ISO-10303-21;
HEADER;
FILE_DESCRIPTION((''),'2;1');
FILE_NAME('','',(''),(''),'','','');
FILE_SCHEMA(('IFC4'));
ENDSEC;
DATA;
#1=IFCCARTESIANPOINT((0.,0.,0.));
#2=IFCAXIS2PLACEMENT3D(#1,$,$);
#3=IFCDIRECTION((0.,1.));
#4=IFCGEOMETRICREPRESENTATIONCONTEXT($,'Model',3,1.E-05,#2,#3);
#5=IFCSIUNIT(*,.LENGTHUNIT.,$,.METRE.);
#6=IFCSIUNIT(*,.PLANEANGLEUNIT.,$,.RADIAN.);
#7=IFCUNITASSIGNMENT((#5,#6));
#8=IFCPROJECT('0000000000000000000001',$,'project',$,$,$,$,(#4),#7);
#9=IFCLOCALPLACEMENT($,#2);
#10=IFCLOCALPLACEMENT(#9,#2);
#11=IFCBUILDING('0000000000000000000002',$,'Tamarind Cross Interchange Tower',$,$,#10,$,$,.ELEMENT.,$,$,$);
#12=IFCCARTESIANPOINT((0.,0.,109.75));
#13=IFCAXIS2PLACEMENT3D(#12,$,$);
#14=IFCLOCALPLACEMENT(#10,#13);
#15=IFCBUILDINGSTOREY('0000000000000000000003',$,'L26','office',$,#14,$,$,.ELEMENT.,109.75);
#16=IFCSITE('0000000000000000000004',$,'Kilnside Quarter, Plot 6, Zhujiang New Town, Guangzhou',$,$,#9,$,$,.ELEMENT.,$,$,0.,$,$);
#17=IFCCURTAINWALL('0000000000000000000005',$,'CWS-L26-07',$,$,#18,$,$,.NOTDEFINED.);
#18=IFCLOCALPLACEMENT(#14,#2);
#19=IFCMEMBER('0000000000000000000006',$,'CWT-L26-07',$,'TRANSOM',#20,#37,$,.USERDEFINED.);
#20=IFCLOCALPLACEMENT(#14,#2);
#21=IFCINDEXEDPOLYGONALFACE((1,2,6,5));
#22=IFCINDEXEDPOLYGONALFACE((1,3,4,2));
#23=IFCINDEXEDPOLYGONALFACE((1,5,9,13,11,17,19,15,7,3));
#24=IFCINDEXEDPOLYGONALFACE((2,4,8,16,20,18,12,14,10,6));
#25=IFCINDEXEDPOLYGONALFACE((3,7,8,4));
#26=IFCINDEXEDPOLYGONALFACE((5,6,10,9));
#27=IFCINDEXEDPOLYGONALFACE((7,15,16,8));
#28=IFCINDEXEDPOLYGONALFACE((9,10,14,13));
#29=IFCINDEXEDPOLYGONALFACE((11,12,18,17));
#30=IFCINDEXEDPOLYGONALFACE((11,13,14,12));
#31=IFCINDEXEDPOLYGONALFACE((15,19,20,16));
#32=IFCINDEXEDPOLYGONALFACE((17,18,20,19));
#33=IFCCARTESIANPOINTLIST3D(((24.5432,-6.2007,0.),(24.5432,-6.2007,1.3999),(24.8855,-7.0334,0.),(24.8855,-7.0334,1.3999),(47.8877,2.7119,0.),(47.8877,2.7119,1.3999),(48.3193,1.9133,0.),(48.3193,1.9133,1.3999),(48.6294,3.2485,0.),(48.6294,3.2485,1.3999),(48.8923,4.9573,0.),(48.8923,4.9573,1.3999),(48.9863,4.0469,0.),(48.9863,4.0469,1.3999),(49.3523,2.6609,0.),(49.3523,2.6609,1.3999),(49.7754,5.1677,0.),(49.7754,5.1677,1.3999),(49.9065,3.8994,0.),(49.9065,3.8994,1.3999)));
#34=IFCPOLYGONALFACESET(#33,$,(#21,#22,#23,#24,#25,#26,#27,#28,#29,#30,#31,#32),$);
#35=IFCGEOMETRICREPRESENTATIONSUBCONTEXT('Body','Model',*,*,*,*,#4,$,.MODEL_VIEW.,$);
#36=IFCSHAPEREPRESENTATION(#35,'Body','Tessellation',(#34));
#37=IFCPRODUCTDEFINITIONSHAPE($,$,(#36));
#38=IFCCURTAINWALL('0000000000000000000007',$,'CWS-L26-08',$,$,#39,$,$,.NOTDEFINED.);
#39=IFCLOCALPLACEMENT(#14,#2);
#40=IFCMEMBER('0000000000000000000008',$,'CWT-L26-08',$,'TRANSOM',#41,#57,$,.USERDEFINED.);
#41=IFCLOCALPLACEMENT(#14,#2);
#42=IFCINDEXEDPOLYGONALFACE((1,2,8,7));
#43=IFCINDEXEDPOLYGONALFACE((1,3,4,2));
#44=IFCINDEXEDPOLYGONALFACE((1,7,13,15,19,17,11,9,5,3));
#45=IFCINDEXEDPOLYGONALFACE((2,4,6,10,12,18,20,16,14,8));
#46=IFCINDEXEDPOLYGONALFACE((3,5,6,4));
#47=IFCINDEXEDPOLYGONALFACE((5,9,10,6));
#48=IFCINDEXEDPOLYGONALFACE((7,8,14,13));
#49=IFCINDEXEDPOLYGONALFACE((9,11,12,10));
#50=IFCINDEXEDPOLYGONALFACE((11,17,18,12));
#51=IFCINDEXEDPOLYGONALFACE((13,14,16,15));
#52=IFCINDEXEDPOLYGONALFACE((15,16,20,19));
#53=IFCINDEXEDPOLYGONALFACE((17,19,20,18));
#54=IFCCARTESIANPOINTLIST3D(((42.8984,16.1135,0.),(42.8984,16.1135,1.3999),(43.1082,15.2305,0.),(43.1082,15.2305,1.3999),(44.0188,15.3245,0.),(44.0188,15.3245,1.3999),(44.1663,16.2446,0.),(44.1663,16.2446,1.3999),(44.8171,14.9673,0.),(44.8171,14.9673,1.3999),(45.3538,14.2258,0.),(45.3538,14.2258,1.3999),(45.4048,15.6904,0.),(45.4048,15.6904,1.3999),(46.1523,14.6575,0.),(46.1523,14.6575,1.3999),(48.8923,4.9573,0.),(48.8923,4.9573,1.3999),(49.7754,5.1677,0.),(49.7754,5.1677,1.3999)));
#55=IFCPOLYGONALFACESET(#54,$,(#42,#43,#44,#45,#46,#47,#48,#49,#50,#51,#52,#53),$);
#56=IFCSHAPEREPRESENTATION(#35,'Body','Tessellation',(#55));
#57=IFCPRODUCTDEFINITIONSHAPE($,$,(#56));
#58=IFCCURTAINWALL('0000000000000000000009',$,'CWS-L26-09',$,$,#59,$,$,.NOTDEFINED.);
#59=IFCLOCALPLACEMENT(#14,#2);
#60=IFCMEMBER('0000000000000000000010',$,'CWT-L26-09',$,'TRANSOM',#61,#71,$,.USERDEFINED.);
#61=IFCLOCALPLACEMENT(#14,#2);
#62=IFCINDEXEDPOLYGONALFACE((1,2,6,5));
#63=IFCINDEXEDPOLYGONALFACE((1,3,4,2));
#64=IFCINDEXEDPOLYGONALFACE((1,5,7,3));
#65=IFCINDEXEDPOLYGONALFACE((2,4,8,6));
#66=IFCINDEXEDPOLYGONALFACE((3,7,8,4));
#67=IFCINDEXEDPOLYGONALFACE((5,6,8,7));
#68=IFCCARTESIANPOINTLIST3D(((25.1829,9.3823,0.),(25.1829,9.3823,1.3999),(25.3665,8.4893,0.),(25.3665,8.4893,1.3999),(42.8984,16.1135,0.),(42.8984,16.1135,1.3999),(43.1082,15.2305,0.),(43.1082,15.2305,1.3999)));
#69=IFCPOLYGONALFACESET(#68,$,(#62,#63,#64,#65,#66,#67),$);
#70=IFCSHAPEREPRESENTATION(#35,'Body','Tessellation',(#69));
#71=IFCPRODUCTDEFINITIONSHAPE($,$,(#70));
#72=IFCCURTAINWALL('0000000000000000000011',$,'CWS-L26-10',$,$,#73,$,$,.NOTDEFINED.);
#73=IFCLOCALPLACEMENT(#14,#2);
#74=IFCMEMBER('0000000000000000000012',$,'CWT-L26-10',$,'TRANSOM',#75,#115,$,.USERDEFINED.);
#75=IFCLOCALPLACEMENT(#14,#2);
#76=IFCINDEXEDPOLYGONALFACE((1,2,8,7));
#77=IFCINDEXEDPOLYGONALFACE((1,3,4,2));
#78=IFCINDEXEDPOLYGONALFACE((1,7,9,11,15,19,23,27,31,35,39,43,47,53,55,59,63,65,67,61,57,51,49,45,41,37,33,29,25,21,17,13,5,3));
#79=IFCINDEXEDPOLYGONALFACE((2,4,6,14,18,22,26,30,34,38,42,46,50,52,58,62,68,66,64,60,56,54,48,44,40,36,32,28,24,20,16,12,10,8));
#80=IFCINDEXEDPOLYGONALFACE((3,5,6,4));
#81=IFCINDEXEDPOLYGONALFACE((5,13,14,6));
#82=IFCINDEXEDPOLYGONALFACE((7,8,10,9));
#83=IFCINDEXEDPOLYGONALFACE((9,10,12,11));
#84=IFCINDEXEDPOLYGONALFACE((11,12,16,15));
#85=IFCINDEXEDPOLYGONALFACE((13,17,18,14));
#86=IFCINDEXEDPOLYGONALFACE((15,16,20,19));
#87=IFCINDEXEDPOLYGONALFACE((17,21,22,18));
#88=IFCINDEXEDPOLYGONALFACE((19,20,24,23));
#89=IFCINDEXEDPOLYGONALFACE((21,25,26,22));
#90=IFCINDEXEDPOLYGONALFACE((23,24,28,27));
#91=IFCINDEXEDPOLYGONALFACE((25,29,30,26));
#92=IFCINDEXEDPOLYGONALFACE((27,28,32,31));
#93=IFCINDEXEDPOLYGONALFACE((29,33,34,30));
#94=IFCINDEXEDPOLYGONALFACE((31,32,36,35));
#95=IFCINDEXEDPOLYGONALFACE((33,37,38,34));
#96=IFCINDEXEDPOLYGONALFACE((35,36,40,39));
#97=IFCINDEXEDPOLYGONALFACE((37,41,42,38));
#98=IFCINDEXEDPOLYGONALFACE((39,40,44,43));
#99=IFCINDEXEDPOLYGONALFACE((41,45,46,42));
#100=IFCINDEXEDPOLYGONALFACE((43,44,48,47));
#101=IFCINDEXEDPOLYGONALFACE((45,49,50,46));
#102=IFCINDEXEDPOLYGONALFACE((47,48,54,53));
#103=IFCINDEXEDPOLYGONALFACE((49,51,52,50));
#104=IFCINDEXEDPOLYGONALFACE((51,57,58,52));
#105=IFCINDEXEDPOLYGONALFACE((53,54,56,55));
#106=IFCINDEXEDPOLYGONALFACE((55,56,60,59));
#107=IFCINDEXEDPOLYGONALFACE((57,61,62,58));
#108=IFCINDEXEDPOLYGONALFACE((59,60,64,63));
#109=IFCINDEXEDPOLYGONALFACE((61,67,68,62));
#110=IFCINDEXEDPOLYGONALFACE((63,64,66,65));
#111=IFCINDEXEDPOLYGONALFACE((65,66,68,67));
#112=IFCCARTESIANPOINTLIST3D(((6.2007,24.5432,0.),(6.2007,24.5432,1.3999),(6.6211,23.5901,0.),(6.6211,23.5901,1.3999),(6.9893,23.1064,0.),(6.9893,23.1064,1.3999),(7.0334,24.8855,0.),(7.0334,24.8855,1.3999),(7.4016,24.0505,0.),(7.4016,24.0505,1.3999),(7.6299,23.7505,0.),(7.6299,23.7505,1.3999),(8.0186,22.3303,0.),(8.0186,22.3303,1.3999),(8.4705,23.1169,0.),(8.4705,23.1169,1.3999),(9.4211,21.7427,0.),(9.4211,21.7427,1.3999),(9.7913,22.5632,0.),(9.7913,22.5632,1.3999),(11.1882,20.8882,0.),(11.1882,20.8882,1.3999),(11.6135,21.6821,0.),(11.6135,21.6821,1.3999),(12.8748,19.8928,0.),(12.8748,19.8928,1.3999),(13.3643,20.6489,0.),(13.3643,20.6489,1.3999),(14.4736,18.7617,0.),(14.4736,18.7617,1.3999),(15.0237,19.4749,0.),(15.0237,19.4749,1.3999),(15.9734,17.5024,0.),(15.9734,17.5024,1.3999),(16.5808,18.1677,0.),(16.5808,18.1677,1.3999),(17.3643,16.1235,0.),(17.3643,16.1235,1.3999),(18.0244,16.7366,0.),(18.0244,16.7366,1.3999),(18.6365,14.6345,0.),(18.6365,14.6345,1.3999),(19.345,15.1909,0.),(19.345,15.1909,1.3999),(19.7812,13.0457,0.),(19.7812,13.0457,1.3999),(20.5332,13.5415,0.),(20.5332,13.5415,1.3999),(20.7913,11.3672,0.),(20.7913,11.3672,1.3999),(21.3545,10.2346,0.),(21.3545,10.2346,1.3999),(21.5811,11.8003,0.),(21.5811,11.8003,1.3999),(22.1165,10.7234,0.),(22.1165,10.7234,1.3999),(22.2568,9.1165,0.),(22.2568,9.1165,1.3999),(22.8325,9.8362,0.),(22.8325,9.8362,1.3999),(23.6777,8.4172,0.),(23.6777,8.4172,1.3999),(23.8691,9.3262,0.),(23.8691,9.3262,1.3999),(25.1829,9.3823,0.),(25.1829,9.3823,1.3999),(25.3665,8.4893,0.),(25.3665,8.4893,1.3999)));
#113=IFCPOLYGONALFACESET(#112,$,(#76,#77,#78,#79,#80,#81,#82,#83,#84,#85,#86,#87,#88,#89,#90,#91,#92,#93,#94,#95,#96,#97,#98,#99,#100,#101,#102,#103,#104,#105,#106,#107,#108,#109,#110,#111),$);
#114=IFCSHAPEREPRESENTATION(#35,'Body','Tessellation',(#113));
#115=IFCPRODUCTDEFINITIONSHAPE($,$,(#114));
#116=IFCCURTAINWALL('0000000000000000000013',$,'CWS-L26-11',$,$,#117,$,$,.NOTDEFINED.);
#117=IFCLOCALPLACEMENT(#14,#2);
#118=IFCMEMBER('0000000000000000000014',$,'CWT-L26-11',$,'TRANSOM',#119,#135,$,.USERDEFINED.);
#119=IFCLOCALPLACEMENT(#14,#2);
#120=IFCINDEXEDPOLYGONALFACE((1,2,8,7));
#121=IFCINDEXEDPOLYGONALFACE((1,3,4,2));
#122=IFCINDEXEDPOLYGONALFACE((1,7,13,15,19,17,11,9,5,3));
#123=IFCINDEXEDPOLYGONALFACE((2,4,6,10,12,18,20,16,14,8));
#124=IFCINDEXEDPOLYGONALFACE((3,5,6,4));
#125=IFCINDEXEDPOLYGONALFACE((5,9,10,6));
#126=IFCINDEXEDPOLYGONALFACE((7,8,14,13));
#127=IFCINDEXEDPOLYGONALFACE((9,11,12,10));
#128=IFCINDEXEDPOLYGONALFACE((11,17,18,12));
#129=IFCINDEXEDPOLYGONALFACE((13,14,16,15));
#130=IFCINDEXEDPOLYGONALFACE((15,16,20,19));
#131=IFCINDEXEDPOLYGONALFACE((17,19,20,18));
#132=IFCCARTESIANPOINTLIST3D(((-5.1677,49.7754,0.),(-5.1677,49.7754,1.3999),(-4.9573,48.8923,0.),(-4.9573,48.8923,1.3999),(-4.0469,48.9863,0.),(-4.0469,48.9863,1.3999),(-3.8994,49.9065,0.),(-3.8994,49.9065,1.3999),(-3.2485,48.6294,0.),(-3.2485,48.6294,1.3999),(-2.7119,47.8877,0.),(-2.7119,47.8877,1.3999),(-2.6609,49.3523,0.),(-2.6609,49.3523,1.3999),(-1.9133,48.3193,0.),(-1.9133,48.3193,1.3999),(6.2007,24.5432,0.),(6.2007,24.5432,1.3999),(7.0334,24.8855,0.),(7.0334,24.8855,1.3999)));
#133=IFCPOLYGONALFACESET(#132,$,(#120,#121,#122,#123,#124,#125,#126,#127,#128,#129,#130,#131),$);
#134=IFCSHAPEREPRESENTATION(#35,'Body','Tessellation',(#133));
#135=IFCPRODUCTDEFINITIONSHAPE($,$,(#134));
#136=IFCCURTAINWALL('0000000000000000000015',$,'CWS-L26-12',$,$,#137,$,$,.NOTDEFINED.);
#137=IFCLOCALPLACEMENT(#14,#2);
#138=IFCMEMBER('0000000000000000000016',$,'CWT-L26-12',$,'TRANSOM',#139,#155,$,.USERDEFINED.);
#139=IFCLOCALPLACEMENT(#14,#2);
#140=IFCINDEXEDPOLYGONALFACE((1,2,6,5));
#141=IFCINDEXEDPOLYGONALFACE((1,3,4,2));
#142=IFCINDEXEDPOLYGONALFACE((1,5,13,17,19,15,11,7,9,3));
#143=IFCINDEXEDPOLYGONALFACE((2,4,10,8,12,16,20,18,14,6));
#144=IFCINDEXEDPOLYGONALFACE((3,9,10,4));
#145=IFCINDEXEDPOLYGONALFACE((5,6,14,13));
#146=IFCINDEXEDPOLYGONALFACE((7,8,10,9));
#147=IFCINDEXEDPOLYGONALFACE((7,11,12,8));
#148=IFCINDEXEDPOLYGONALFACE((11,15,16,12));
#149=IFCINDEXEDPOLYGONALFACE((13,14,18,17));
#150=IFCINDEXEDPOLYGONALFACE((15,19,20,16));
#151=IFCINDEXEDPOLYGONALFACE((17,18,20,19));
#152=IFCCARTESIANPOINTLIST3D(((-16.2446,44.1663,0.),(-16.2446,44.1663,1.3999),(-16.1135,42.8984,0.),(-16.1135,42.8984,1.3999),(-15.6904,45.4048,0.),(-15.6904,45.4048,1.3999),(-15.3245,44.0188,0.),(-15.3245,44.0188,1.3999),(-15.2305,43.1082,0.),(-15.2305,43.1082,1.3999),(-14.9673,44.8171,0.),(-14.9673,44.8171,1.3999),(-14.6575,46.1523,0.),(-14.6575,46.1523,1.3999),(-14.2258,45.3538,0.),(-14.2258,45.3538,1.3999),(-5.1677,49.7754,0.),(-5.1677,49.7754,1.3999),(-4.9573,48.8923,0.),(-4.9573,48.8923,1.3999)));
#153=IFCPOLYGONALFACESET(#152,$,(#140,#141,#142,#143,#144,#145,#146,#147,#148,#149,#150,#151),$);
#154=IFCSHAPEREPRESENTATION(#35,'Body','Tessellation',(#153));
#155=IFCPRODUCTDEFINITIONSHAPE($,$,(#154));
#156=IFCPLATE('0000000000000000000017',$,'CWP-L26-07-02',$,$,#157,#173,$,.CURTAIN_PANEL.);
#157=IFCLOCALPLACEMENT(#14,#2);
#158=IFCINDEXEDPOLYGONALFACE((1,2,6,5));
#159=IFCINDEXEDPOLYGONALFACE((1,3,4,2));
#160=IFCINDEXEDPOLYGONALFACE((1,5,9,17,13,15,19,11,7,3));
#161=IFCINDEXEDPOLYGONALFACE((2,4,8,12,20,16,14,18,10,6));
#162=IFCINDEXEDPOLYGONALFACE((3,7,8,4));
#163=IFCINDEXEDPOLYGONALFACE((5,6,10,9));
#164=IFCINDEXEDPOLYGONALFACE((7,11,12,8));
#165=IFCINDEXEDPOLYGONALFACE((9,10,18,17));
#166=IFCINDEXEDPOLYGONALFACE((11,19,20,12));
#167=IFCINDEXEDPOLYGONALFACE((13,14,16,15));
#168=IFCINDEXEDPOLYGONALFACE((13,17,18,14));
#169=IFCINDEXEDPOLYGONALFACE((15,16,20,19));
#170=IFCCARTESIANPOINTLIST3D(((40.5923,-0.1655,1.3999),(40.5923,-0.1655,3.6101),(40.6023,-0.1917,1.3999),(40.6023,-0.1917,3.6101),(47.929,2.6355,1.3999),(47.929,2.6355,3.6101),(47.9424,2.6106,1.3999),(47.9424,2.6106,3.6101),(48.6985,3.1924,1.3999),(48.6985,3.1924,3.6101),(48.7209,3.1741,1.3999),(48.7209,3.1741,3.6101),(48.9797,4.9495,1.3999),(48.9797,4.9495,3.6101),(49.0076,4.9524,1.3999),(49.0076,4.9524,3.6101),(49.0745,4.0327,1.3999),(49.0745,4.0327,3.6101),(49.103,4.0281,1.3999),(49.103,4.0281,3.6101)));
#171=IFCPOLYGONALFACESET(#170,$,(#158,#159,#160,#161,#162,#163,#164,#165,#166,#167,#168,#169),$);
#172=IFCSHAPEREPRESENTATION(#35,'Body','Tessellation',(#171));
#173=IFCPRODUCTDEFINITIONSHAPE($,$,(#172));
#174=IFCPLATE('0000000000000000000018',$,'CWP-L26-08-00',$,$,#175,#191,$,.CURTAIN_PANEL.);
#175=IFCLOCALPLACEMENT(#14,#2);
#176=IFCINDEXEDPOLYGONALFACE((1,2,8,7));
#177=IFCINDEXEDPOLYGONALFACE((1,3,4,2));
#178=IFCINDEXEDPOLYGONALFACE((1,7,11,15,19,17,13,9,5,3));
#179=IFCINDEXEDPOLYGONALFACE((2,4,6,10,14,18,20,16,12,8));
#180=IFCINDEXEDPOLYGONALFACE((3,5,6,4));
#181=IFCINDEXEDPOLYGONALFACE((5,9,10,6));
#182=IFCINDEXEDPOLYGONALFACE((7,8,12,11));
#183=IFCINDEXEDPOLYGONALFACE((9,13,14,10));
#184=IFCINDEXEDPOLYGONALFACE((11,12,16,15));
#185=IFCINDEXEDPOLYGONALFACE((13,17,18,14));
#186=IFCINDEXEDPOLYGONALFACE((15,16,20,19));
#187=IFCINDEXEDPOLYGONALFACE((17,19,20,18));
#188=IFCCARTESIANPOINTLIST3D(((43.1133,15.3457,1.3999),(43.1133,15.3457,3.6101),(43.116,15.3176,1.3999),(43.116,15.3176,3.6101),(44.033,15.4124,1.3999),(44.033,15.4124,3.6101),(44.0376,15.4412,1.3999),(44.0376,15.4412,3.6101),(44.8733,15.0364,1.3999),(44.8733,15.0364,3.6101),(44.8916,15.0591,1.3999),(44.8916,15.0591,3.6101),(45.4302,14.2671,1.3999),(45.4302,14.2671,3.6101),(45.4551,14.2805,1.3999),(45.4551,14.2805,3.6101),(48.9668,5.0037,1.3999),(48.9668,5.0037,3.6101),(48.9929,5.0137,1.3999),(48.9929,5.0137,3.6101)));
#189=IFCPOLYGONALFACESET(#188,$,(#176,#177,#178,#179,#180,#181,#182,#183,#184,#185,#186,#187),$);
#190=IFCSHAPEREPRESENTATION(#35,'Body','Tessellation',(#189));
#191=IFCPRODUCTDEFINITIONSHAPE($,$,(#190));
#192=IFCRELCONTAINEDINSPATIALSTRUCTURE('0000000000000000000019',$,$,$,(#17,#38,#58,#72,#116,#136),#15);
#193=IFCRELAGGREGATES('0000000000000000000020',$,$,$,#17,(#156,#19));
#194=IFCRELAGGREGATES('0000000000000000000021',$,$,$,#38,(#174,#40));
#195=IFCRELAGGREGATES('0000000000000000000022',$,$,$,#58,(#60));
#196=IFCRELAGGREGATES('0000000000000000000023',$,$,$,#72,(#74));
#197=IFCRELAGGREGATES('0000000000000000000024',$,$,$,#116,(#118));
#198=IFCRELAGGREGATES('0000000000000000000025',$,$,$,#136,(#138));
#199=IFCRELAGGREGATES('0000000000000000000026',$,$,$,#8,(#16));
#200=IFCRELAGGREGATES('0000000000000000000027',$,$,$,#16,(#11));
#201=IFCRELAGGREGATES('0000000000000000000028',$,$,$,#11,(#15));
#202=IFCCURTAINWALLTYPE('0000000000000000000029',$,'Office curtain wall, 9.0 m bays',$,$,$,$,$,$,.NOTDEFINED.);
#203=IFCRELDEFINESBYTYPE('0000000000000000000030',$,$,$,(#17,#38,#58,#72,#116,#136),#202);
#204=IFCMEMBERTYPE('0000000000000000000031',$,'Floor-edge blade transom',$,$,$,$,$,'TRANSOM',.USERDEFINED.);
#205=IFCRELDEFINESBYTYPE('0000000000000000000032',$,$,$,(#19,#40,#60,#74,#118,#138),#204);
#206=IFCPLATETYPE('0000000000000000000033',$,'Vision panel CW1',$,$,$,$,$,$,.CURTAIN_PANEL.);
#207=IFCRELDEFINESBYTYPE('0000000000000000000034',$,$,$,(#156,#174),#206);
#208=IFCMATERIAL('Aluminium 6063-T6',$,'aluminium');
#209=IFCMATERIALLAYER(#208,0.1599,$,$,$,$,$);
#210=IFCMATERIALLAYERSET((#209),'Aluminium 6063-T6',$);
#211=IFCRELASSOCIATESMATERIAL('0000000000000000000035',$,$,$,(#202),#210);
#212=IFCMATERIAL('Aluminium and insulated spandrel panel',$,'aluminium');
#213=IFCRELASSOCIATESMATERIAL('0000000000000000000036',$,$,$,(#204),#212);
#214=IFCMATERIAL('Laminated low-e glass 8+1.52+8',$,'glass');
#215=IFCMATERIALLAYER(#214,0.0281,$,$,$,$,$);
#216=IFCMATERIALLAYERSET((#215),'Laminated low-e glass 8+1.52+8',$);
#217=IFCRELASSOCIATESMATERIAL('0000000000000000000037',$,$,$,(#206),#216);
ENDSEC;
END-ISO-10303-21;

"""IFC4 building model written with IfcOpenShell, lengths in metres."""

from ifc_helpers import new_model, si_unit, direction, frame, origin, place, context, subcontext, project, spatial, polyline, outline, extrude, material, layer, layer_set, type_object, element, aggregate, save


model = new_model("IFC4")

# Units and contexts
model_context = context("Model", 3, precision=1e-05, world=origin(), true_north=direction((0.0, 1.0)))
body_context = subcontext(model_context, "Body", "Model", "MODEL_VIEW")
ifc_project = project(units=[si_unit("LENGTHUNIT", "METRE"), si_unit("PLANEANGLEUNIT", "RADIAN")], contexts=[model_context])

# Site, building, storey
site_placement = place(None, origin())
site = spatial("IfcSite", under=ifc_project, at=site_placement, Name="Kilnside Quarter, Plot 6, Zhujiang New Town, Guangzhou", CompositionType="ELEMENT", RefElevation=0.0)
building_placement = place(site_placement, origin())
building = spatial("IfcBuilding", under=site, at=building_placement, Name="Tamarind Cross Interchange Tower", CompositionType="ELEMENT")
storey_placement = place(building_placement, frame((0.0, 0.0, 109.75)))
storey = spatial("IfcBuildingStorey", under=building, at=storey_placement, Name="L26", Description="office", CompositionType="ELEMENT", Elevation=109.75)

# Curtain walls, members
ifc_material_1 = material(Name="Aluminium 6063-T6", Category="aluminium")
ifc_layer_1 = layer(ifc_material_1, 0.1599)
ifc_layer_set_1 = layer_set([ifc_layer_1], Name="Aluminium 6063-T6")
curtain_wall_type = type_object("IfcCurtainWallType", Name="Office curtain wall, 9.0 m bays", PredefinedType="NOTDEFINED", material=ifc_layer_set_1)
curtain_wall_1_placement = place(storey_placement, origin())
curtain_wall_1 = element("IfcCurtainWall", 1, at=curtain_wall_1_placement, inside=storey, type_object=curtain_wall_type, Name="CWS-L26-07", PredefinedType="NOTDEFINED")
ifc_material_2 = material(Name="Aluminium and insulated spandrel panel", Category="aluminium")
member_type = type_object("IfcMemberType", Name="Floor-edge blade transom", ElementType="TRANSOM", PredefinedType="USERDEFINED", material=ifc_material_2)
member_1_placement = place(storey_placement, origin())
member_1 = element("IfcMember", 2, at=member_1_placement, type_object=member_type, Name="CWT-L26-07", ObjectType="TRANSOM", PredefinedType="USERDEFINED", context=body_context, shape_type="SweptSolid", body=[
    extrude(outline(polyline([(24.5432, -6.2007), (47.8877, 2.7119), (48.6294, 3.2485), (48.9863, 4.0469), (48.8923, 4.9573), (49.7754, 5.1677), (49.9065, 3.8994), (49.3523, 2.6609), (48.3193, 1.9133), (24.8855, -7.0334), (24.5432, -6.2007)])), origin(), (0.0, 0.0, 1.0), 1.3999),
])
curtain_wall_2_placement = place(storey_placement, origin())
curtain_wall_2 = element("IfcCurtainWall", 3, at=curtain_wall_2_placement, inside=storey, type_object=curtain_wall_type, Name="CWS-L26-08", PredefinedType="NOTDEFINED")
member_2_placement = place(storey_placement, origin())
member_2 = element("IfcMember", 4, at=member_2_placement, type_object=member_type, Name="CWT-L26-08", ObjectType="TRANSOM", PredefinedType="USERDEFINED", context=body_context, shape_type="SweptSolid", body=[
    extrude(outline(polyline([(48.8923, 4.9573), (45.3538, 14.2258), (44.8171, 14.9673), (44.0188, 15.3245), (43.1082, 15.2305), (42.8984, 16.1135), (44.1663, 16.2446), (45.4048, 15.6904), (46.1523, 14.6575), (49.7754, 5.1677), (48.8923, 4.9573)])), origin(), (0.0, 0.0, 1.0), 1.3999),
])
curtain_wall_3_placement = place(storey_placement, origin())
curtain_wall_3 = element("IfcCurtainWall", 5, at=curtain_wall_3_placement, inside=storey, type_object=curtain_wall_type, Name="CWS-L26-09", PredefinedType="NOTDEFINED")
member_3_placement = place(storey_placement, origin())
member_3 = element("IfcMember", 6, at=member_3_placement, type_object=member_type, Name="CWT-L26-09", ObjectType="TRANSOM", PredefinedType="USERDEFINED", context=body_context, shape_type="SweptSolid", body=[
    extrude(outline(polyline([(43.1082, 15.2305), (25.3665, 8.4893), (25.1829, 9.3823), (42.8984, 16.1135), (43.1082, 15.2305)])), origin(), (0.0, 0.0, 1.0), 1.3999),
])
curtain_wall_4_placement = place(storey_placement, origin())
curtain_wall_4 = element("IfcCurtainWall", 7, at=curtain_wall_4_placement, inside=storey, type_object=curtain_wall_type, Name="CWS-L26-10", PredefinedType="NOTDEFINED")
member_4_placement = place(storey_placement, origin())
member_4 = element("IfcMember", 8, at=member_4_placement, type_object=member_type, Name="CWT-L26-10", ObjectType="TRANSOM", PredefinedType="USERDEFINED", context=body_context, shape_type="SweptSolid", body=[
    extrude(outline(polyline([(25.3665, 8.4893), (23.6777, 8.4172), (22.2568, 9.1165), (21.3545, 10.2346), (20.7913, 11.3672), (19.7812, 13.0457), (18.6365, 14.6345), (17.3643, 16.1235), (15.9734, 17.5024), (14.4736, 18.7617), (12.8748, 19.8928), (11.1882, 20.8882), (9.4211, 21.7427), (8.0186, 22.3303), (6.9893, 23.1064), (6.6211, 23.5901), (6.2007, 24.5432), (7.0334, 24.8855), (7.4016, 24.0505), (7.6299, 23.7505), (8.4705, 23.1169), (9.7913, 22.5632), (11.6135, 21.6821), (13.3643, 20.6489), (15.0237, 19.4749), (16.5808, 18.1677), (18.0244, 16.7366), (19.345, 15.1909), (20.5332, 13.5415), (21.5811, 11.8003), (22.1165, 10.7234), (22.8325, 9.8362), (23.8691, 9.3262), (25.1829, 9.3823), (25.3665, 8.4893)])), origin(), (0.0, 0.0, 1.0), 1.3999),
])
curtain_wall_5_placement = place(storey_placement, origin())
curtain_wall_5 = element("IfcCurtainWall", 9, at=curtain_wall_5_placement, inside=storey, type_object=curtain_wall_type, Name="CWS-L26-11", PredefinedType="NOTDEFINED")
member_5_placement = place(storey_placement, origin())
member_5 = element("IfcMember", 10, at=member_5_placement, type_object=member_type, Name="CWT-L26-11", ObjectType="TRANSOM", PredefinedType="USERDEFINED", context=body_context, shape_type="SweptSolid", body=[
    extrude(outline(polyline([(6.2007, 24.5432), (-2.7119, 47.8877), (-3.2485, 48.6294), (-4.0469, 48.9863), (-4.9573, 48.8923), (-5.1677, 49.7754), (-3.8994, 49.9065), (-2.6609, 49.3523), (-1.9133, 48.3193), (7.0334, 24.8855), (6.2007, 24.5432)])), origin(), (0.0, 0.0, 1.0), 1.3999),
])
curtain_wall_6_placement = place(storey_placement, origin())
curtain_wall_6 = element("IfcCurtainWall", 11, at=curtain_wall_6_placement, inside=storey, type_object=curtain_wall_type, Name="CWS-L26-12", PredefinedType="NOTDEFINED")
member_6_placement = place(storey_placement, origin())
member_6 = element("IfcMember", 12, at=member_6_placement, type_object=member_type, Name="CWT-L26-12", ObjectType="TRANSOM", PredefinedType="USERDEFINED", context=body_context, shape_type="SweptSolid", body=[
    extrude(outline(polyline([(-4.9573, 48.8923), (-14.2258, 45.3538), (-14.9673, 44.8171), (-15.3245, 44.0188), (-15.2305, 43.1082), (-16.1135, 42.8984), (-16.2446, 44.1663), (-15.6904, 45.4048), (-14.6575, 46.1523), (-5.1677, 49.7754), (-4.9573, 48.8923)])), origin(), (0.0, 0.0, 1.0), 1.3999),
])

# Plates
ifc_material_3 = material(Name="Laminated low-e glass 8+1.52+8", Category="glass")
ifc_layer_2 = layer(ifc_material_3, 0.0281)
ifc_layer_set_2 = layer_set([ifc_layer_2], Name="Laminated low-e glass 8+1.52+8")
plate_type = type_object("IfcPlateType", Name="Vision panel CW1", PredefinedType="CURTAIN_PANEL", material=ifc_layer_set_2)
plate_1_placement = place(storey_placement, frame((0.0, 0.0, 1.3999)))
plate_1 = element("IfcPlate", 13, at=plate_1_placement, type_object=plate_type, Name="CWP-L26-07-02", PredefinedType="CURTAIN_PANEL", context=body_context, shape_type="SweptSolid", body=[
    extrude(outline(polyline([(40.5923, -0.1655), (47.929, 2.6355), (48.6985, 3.1924), (49.0745, 4.0327), (48.9797, 4.9495), (49.0076, 4.9524), (49.103, 4.0281), (48.7209, 3.1741), (47.9424, 2.6106), (40.6023, -0.1917), (40.5923, -0.1655)])), origin(), (0.0, 0.0, 1.0), 2.2102),
])
aggregate(curtain_wall_1, [plate_1, member_1])
plate_2_placement = place(storey_placement, frame((0.0, 0.0, 1.3999)))
plate_2 = element("IfcPlate", 14, at=plate_2_placement, type_object=plate_type, Name="CWP-L26-08-00", PredefinedType="CURTAIN_PANEL", context=body_context, shape_type="SweptSolid", body=[
    extrude(outline(polyline([(48.9668, 5.0037), (45.4302, 14.2671), (44.8733, 15.0364), (44.033, 15.4124), (43.116, 15.3176), (43.1133, 15.3457), (44.0376, 15.4412), (44.8916, 15.0591), (45.4551, 14.2805), (48.9929, 5.0137), (48.9668, 5.0037)])), origin(), (0.0, 0.0, 1.0), 2.2102),
])
aggregate(curtain_wall_2, [plate_2, member_2])
aggregate(curtain_wall_3, [member_3])
aggregate(curtain_wall_4, [member_4])
aggregate(curtain_wall_5, [member_5])
aggregate(curtain_wall_6, [member_6])

save(model, "model.ifc")
